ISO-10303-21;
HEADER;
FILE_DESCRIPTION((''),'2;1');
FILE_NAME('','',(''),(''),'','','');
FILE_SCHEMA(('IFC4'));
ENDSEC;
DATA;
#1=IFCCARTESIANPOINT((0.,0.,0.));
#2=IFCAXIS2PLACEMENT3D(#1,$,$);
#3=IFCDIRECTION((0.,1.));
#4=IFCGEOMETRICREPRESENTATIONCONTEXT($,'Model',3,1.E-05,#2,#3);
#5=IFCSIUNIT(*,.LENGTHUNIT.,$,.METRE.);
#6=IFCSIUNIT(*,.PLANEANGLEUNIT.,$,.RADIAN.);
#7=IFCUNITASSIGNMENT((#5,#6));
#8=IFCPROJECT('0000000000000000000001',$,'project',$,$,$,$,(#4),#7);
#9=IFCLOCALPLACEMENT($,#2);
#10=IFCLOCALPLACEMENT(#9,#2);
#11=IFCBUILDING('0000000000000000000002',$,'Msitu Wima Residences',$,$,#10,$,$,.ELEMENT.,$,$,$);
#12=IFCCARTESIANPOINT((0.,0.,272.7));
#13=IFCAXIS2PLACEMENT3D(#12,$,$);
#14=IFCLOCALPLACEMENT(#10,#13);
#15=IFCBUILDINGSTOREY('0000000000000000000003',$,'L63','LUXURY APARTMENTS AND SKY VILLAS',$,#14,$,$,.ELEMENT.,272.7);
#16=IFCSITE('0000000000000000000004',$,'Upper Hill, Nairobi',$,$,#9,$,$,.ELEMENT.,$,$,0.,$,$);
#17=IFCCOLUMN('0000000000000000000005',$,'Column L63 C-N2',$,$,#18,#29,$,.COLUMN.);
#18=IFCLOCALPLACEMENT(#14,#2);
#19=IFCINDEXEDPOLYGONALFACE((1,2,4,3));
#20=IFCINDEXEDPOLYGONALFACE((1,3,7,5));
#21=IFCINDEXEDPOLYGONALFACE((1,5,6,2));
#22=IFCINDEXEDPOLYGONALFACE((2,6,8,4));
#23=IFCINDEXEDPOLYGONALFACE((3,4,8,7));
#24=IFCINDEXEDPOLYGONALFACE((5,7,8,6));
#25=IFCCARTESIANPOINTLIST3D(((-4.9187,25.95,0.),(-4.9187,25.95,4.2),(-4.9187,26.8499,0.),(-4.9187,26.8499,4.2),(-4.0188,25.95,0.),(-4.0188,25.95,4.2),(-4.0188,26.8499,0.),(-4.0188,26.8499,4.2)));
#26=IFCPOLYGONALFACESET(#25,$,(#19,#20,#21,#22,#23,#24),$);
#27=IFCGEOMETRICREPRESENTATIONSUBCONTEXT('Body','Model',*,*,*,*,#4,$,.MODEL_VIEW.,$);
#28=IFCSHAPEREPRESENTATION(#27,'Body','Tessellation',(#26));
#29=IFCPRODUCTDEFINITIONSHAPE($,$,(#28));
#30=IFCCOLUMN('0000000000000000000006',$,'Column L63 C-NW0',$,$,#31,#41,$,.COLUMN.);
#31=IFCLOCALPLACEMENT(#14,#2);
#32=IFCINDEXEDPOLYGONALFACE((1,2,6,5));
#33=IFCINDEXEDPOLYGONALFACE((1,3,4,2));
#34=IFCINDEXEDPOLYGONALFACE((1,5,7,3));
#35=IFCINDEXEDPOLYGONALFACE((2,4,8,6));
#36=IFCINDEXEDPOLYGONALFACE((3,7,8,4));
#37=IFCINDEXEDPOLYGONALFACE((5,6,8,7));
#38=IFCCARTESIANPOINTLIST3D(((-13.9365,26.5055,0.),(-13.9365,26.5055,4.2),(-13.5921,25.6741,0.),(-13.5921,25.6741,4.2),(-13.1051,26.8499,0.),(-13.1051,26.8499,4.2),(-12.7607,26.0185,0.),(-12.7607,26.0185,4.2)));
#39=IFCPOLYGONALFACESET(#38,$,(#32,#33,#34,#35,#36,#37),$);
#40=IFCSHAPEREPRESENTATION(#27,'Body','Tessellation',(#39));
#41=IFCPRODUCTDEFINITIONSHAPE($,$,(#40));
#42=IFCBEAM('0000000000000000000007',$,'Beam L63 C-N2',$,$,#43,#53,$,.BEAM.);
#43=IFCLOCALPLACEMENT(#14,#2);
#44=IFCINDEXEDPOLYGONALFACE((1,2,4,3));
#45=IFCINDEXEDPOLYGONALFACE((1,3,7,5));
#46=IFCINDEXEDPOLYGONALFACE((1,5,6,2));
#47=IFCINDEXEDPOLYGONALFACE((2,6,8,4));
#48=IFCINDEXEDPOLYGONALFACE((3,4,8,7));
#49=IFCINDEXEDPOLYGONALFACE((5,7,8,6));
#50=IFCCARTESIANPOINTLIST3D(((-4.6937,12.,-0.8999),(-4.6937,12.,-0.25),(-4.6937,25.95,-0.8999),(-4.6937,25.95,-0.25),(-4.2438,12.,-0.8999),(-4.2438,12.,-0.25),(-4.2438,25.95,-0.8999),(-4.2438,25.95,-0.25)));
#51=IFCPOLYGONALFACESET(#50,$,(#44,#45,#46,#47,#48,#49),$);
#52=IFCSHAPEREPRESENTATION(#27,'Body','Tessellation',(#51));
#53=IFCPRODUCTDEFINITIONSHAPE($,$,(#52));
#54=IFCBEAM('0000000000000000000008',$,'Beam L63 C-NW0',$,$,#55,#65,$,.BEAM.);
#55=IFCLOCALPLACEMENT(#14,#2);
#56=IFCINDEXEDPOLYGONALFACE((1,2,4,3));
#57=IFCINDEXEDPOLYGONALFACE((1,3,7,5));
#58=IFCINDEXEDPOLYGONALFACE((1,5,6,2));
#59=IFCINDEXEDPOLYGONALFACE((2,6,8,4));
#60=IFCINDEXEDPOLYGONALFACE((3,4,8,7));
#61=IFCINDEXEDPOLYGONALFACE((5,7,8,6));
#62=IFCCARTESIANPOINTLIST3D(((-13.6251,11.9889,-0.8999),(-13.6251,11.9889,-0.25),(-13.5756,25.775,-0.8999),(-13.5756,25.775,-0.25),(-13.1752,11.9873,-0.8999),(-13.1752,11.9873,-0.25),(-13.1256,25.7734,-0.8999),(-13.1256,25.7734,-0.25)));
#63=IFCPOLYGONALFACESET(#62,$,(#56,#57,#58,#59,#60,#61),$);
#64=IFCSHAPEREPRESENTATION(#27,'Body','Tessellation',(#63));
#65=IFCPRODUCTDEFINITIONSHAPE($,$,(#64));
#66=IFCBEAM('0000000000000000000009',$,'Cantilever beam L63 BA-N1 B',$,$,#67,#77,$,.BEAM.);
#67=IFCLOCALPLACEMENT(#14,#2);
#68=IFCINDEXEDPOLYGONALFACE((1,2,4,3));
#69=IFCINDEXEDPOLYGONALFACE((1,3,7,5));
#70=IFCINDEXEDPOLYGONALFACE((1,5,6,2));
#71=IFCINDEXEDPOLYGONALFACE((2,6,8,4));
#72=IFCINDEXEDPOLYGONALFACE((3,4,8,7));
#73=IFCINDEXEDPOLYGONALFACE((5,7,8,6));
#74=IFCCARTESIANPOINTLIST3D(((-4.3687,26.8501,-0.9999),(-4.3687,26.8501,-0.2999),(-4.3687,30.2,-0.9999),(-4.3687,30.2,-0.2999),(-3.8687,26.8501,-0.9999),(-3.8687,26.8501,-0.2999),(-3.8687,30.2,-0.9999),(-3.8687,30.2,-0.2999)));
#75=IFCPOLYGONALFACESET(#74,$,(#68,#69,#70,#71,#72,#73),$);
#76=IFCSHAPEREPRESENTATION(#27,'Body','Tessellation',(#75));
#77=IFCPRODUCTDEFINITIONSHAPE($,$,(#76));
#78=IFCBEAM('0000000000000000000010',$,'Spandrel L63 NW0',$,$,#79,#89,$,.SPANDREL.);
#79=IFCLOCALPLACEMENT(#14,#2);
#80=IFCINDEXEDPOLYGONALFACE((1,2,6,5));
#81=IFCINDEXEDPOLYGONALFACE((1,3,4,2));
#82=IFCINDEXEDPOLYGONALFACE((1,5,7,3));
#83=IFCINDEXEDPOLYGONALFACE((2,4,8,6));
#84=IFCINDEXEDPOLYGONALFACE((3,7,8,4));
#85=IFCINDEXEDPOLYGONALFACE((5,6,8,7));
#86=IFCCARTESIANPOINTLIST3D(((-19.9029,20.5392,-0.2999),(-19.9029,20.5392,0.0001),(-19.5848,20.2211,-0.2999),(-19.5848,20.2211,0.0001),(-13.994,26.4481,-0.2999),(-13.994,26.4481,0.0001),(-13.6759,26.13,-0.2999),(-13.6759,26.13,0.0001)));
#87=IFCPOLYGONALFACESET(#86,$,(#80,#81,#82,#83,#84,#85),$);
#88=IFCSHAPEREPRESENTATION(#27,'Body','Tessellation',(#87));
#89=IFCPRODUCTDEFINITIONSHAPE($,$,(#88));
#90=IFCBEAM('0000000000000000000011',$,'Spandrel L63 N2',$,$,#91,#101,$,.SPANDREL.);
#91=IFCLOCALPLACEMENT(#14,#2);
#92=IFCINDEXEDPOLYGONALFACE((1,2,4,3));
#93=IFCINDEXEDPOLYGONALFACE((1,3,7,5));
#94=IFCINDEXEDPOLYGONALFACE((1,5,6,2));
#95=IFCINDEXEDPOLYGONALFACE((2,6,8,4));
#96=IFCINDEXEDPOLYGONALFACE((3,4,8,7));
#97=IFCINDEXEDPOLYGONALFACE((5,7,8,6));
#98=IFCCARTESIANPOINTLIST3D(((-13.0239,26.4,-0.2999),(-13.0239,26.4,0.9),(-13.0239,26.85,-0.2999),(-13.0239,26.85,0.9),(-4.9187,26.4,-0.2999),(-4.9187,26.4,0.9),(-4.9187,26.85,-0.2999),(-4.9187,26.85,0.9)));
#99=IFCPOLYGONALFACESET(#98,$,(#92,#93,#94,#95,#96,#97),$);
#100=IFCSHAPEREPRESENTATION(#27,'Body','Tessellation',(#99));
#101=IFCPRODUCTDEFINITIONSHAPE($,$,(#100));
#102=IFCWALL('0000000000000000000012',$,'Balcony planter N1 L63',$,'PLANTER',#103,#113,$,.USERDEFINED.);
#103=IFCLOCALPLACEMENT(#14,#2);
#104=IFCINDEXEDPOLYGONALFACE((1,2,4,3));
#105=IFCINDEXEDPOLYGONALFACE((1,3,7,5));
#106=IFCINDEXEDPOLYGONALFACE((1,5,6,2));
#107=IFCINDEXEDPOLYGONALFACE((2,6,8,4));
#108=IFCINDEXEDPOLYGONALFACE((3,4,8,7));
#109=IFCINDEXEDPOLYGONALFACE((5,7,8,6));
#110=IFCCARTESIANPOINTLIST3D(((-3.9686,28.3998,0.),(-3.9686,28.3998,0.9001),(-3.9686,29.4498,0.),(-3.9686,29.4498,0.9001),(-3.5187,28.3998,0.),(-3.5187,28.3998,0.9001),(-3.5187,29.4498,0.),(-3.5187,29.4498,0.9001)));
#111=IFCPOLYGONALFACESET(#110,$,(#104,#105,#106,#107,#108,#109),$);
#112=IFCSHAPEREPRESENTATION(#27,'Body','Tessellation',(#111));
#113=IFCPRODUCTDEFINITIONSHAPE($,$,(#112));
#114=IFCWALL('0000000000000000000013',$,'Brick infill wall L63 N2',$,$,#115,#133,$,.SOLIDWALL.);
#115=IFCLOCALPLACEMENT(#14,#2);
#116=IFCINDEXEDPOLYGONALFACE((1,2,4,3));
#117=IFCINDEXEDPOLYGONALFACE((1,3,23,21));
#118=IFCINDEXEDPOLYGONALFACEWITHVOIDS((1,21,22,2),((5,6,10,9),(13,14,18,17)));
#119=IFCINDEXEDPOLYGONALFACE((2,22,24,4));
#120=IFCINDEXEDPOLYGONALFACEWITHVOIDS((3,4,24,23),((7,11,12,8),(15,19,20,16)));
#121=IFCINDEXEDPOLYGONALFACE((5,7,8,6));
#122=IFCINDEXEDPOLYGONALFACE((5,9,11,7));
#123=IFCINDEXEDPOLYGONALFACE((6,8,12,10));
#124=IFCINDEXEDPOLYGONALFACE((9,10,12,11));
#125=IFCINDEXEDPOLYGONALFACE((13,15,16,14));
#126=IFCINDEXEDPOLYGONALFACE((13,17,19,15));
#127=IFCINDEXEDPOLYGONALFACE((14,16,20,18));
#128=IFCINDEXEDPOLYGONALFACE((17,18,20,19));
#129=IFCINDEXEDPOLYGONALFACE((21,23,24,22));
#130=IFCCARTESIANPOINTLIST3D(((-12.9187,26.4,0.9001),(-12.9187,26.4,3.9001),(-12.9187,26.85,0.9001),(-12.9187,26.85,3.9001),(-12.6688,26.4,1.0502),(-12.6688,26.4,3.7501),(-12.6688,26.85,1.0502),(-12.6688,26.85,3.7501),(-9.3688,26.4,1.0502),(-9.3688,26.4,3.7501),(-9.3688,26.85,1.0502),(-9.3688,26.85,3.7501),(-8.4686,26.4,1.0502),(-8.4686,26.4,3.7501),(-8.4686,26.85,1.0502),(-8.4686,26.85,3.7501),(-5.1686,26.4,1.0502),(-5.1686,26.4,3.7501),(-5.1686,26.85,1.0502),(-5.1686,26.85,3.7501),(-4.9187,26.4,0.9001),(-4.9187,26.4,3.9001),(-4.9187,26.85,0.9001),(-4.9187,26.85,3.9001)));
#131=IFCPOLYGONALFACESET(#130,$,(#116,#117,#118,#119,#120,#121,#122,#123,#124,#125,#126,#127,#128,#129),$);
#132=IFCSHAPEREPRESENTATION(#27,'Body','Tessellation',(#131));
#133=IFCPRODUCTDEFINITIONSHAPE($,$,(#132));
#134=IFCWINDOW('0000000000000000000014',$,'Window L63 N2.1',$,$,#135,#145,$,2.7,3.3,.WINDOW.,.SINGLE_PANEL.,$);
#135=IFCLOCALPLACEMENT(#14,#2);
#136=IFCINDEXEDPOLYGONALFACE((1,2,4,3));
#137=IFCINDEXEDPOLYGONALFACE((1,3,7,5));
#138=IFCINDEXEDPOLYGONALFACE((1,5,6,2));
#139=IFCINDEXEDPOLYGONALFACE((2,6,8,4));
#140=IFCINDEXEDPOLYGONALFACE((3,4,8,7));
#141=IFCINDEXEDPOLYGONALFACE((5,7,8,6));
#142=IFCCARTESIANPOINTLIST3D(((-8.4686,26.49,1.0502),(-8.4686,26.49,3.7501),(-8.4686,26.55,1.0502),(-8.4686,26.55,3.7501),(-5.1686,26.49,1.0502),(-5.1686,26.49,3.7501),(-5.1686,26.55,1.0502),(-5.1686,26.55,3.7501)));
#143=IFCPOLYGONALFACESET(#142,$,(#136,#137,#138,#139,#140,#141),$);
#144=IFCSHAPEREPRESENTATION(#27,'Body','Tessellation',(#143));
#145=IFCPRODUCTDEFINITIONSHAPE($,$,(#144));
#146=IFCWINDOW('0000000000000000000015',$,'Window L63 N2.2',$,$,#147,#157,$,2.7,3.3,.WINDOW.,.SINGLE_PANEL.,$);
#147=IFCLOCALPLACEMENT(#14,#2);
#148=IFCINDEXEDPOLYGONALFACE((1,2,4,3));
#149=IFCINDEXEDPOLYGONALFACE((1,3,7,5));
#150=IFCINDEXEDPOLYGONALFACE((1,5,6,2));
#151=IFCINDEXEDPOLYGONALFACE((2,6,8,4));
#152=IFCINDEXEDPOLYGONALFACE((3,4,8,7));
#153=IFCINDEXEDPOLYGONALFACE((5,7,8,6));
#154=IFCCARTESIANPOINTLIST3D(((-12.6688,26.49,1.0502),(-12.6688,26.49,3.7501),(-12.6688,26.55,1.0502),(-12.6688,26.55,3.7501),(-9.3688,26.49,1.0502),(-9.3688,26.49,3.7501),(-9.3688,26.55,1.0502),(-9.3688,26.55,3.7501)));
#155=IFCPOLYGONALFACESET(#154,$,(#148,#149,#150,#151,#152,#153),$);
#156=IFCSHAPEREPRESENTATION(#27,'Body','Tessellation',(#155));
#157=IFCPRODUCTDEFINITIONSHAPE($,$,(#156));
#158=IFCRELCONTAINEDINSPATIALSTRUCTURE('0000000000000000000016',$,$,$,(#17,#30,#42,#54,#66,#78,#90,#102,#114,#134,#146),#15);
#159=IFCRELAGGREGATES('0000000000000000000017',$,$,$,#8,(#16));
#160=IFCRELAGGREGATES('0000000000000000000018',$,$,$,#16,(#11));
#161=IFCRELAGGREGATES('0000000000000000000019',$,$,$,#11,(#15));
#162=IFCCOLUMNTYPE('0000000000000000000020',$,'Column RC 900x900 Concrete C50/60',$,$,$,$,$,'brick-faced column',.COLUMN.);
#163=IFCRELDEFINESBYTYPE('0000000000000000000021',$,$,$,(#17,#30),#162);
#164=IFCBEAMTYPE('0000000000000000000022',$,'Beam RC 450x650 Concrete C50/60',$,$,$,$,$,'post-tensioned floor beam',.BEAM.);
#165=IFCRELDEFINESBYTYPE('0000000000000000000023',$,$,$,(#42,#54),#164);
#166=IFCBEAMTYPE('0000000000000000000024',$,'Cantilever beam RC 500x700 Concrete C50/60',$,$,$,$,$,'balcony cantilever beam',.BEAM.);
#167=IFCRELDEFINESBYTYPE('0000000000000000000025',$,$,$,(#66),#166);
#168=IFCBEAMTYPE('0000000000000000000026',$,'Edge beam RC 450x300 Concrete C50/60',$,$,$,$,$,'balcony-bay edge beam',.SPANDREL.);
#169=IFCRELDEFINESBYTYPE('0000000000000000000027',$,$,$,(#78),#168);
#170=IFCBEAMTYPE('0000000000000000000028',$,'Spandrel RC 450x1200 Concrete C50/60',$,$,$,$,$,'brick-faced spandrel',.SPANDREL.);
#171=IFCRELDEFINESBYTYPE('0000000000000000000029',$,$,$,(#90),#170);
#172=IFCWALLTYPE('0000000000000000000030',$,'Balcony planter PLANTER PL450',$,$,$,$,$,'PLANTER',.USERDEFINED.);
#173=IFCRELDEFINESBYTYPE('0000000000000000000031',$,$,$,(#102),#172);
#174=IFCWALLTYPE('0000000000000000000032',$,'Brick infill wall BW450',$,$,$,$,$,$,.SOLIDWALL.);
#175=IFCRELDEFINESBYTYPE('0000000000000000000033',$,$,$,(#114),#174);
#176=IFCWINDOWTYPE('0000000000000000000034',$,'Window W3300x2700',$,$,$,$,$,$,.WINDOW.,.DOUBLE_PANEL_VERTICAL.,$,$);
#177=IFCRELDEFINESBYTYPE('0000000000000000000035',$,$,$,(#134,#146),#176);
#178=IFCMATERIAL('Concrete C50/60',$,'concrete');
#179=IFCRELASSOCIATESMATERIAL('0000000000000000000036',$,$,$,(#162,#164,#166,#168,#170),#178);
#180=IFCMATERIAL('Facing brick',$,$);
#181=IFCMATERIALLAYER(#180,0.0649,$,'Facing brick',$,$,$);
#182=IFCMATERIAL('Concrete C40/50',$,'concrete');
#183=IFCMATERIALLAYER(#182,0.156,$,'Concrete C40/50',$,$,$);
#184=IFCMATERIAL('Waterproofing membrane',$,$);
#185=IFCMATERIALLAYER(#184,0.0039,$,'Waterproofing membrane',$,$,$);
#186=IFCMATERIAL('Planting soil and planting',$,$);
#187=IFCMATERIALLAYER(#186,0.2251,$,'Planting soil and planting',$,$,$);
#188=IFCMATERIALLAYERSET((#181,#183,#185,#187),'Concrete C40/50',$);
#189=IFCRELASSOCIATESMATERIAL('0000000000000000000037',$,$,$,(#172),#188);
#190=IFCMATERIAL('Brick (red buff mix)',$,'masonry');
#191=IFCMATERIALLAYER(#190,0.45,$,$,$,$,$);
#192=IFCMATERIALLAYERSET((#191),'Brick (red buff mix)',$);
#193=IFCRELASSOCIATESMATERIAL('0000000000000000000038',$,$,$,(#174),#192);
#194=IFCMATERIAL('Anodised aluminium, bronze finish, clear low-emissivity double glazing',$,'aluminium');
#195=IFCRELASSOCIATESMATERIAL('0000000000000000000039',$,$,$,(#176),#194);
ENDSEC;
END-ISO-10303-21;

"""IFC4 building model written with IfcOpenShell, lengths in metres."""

from ifc_helpers import new_model, si_unit, direction, frame, frame_2d, origin, origin_2d, place, context, subcontext, project, spatial, rectangle, extrude, material, layer, layer_set, material_profile, profile_set, type_object, element, fill, save


model = new_model("IFC4")

# Units and contexts
model_context = context("Model", 3, precision=1e-05, world=origin(), true_north=direction((0.0, 1.0)))
body_context = subcontext(model_context, "Body", "Model", "MODEL_VIEW")
ifc_project = project(units=[si_unit("LENGTHUNIT", "METRE"), si_unit("PLANEANGLEUNIT", "RADIAN")], contexts=[model_context])

# Site, building, storey
site_placement = place(None, origin())
site = spatial("IfcSite", under=ifc_project, at=site_placement, Name="Upper Hill, Nairobi", CompositionType="ELEMENT", RefElevation=0.0)
building_placement = place(site_placement, origin())
building = spatial("IfcBuilding", under=site, at=building_placement, Name="Msitu Wima Residences", CompositionType="ELEMENT")
storey_placement = place(building_placement, frame((0.0, 0.0, 272.7)))
storey = spatial("IfcBuildingStorey", under=building, at=storey_placement, Name="L63", Description="LUXURY APARTMENTS AND SKY VILLAS", CompositionType="ELEMENT", Elevation=272.7)

# Columns
ifc_material_1 = material(Name="Concrete C50/60", Category="concrete")
ifc_material_profile_1 = material_profile(ifc_material_1, rectangle(XDim=0.8999, YDim=0.8999, at=origin_2d()), Name="RC 900x900")
ifc_profile_set_1 = profile_set([ifc_material_profile_1], Name="Concrete C50/60")
column_type = type_object("IfcColumnType", Name="Column RC 900x900 Concrete C50/60", ElementType="brick-faced column", PredefinedType="COLUMN", material=ifc_profile_set_1)
for number, where, z_axis, x_axis, name in (
    (1, (-4.4688, 26.3999, 0.0), (0.0, 0.0, 1.0), (-1.0, 0.0, 0.0), "Column L63 C-N2"),
    (2, (-13.3486, 26.262, 0.0), (0.0, 0.0, 1.0), (-0.92388, -0.382683, 0.0), "Column L63 C-NW0"),
):
    element("IfcColumn", number, at=place(storey_placement, frame(where, z_axis=z_axis, x_axis=x_axis)), inside=storey, type_object=column_type, Name=name, PredefinedType="COLUMN", context=body_context, shape_type="SweptSolid", body=[
        extrude(rectangle(XDim=0.8999, YDim=0.8999, at=origin_2d()), origin(), (0.0, 0.0, 1.0), 4.2),
    ])

# Beams
ifc_material_profile_2 = material_profile(ifc_material_1, rectangle(XDim=0.45, YDim=0.6499, at=origin_2d()), Name="RC 450x650")
ifc_profile_set_2 = profile_set([ifc_material_profile_2], Name="Concrete C50/60")
beam_type_1 = type_object("IfcBeamType", Name="Beam RC 450x650 Concrete C50/60", ElementType="post-tensioned floor beam", PredefinedType="BEAM", material=ifc_profile_set_2)
beam_1_placement = place(storey_placement, frame((-4.4688, 25.95, -0.575), z_axis=(0.0, -1.0, 0.0), x_axis=(1.0, 0.0, 0.0)))
element("IfcBeam", 3, at=beam_1_placement, inside=storey, type_object=beam_type_1, Name="Beam L63 C-N2", PredefinedType="BEAM", context=body_context, shape_type="SweptSolid", body=[
    extrude(rectangle(XDim=0.45, YDim=0.6499, at=origin_2d()), origin(), (0.0, 0.0, 1.0), 13.95),
])
beam_2_placement = place(storey_placement, frame((-13.3506, 25.7742, -0.575), z_axis=(-0.003595, -0.999994, 0.0), x_axis=(0.999994, -0.003595, 0.0)))
element("IfcBeam", 4, at=beam_2_placement, inside=storey, type_object=beam_type_1, Name="Beam L63 C-NW0", PredefinedType="BEAM", context=body_context, shape_type="SweptSolid", body=[
    extrude(rectangle(XDim=0.45, YDim=0.6499, at=origin_2d()), origin(), (0.0, 0.0, 1.0), 13.7861),
])
ifc_material_profile_3 = material_profile(ifc_material_1, rectangle(XDim=0.5, YDim=0.7, at=origin_2d()), Name="RC 500x700")
ifc_profile_set_3 = profile_set([ifc_material_profile_3], Name="Concrete C50/60")
beam_type_2 = type_object("IfcBeamType", Name="Cantilever beam RC 500x700 Concrete C50/60", ElementType="balcony cantilever beam", PredefinedType="BEAM", material=ifc_profile_set_3)
beam_3_placement = place(storey_placement, frame((-4.1187, 26.8501, -0.6499), z_axis=(0.0, 1.0, 0.0), x_axis=(-1.0, 0.0, 0.0)))
element("IfcBeam", 5, at=beam_3_placement, inside=storey, type_object=beam_type_2, Name="Cantilever beam L63 BA-N1 B", PredefinedType="BEAM", context=body_context, shape_type="SweptSolid", body=[
    extrude(rectangle(XDim=0.5, YDim=0.7, at=origin_2d()), origin(), (0.0, 0.0, 1.0), 3.3499),
])
ifc_material_profile_4 = material_profile(ifc_material_1, rectangle(XDim=0.45, YDim=0.3, at=origin_2d()), Name="RC 450x300")
ifc_profile_set_4 = profile_set([ifc_material_profile_4], Name="Concrete C50/60")
beam_type_3 = type_object("IfcBeamType", Name="Edge beam RC 450x300 Concrete C50/60", ElementType="balcony-bay edge beam", PredefinedType="SPANDREL", material=ifc_profile_set_4)
beam_4_placement = place(storey_placement, frame((-13.835, 26.2891, -0.1499), z_axis=(-0.707107, -0.707107, 0.0), x_axis=(0.707107, -0.707107, 0.0)))
element("IfcBeam", 6, at=beam_4_placement, inside=storey, type_object=beam_type_3, Name="Spandrel L63 NW0", PredefinedType="SPANDREL", context=body_context, shape_type="SweptSolid", body=[
    extrude(rectangle(XDim=0.45, YDim=0.3, at=origin_2d()), origin(), (0.0, 0.0, 1.0), 8.3564),
])
ifc_material_profile_5 = material_profile(ifc_material_1, rectangle(XDim=0.45, YDim=1.2, at=origin_2d()), Name="RC 450x1200")
ifc_profile_set_5 = profile_set([ifc_material_profile_5], Name="Concrete C50/60")
beam_type_4 = type_object("IfcBeamType", Name="Spandrel RC 450x1200 Concrete C50/60", ElementType="brick-faced spandrel", PredefinedType="SPANDREL", material=ifc_profile_set_5)
beam_5_placement = place(storey_placement, frame((-4.9187, 26.625, 0.3), z_axis=(-1.0, 0.0, 0.0), x_axis=(0.0, -1.0, 0.0)))
element("IfcBeam", 7, at=beam_5_placement, inside=storey, type_object=beam_type_4, Name="Spandrel L63 N2", PredefinedType="SPANDREL", context=body_context, shape_type="SweptSolid", body=[
    extrude(rectangle(XDim=0.45, YDim=1.2, at=origin_2d()), origin(), (0.0, 0.0, 1.0), 8.1052),
])

# Wall
ifc_material_2 = material(Name="Facing brick")
ifc_layer_1 = layer(ifc_material_2, 0.0649, Name="Facing brick")
ifc_material_3 = material(Name="Concrete C40/50", Category="concrete")
ifc_layer_2 = layer(ifc_material_3, 0.156, Name="Concrete C40/50")
ifc_material_4 = material(Name="Waterproofing membrane")
ifc_layer_3 = layer(ifc_material_4, 0.0039, Name="Waterproofing membrane")
ifc_material_5 = material(Name="Planting soil and planting")
ifc_layer_4 = layer(ifc_material_5, 0.2251, Name="Planting soil and planting")
ifc_layer_set_1 = layer_set([ifc_layer_1, ifc_layer_2, ifc_layer_3, ifc_layer_4], Name="Concrete C40/50")
wall_type_1 = type_object("IfcWallType", Name="Balcony planter PLANTER PL450", ElementType="PLANTER", PredefinedType="USERDEFINED", material=ifc_layer_set_1)
wall_1_placement = place(storey_placement, frame((-3.7437, 28.3999, 0.0), z_axis=(0.0, 0.0, 1.0), x_axis=(0.0, 1.0, 0.0)))
element("IfcWall", 8, at=wall_1_placement, inside=storey, type_object=wall_type_1, Name="Balcony planter N1 L63", ObjectType="PLANTER", PredefinedType="USERDEFINED", context=body_context, shape_type="SweptSolid", body=[
    extrude(rectangle(XDim=1.05, YDim=0.45, at=frame_2d((0.5249, 0.0))), origin(), (0.0, 0.0, 1.0), 0.9001),
])

# Wall, openings, windows
ifc_material_6 = material(Name="Brick (red buff mix)", Category="masonry")
ifc_layer_5 = layer(ifc_material_6, 0.45)
ifc_layer_set_2 = layer_set([ifc_layer_5], Name="Brick (red buff mix)")
wall_type_2 = type_object("IfcWallType", Name="Brick infill wall BW450", PredefinedType="SOLIDWALL", material=ifc_layer_set_2)
wall_2_placement = place(storey_placement, frame((-4.9187, 26.625, 0.9001), z_axis=(0.0, 0.0, 1.0), x_axis=(-1.0, 0.0, 0.0)))
wall_2 = element("IfcWall", 9, at=wall_2_placement, inside=storey, type_object=wall_type_2, Name="Brick infill wall L63 N2", PredefinedType="SOLIDWALL", context=body_context, shape_type="SweptSolid", body=[
    extrude(rectangle(XDim=8.0, YDim=0.45, at=frame_2d((4.0, 0.0))), origin(), (0.0, 0.0, 1.0), 3.0),
])
opening_1_placement = place(wall_2_placement, frame((0.25, 0.0, 0.1499)))
opening_1 = element("IfcOpeningElement", 10, at=opening_1_placement, cuts=wall_2, PredefinedType="OPENING", context=body_context, shape_type="SweptSolid", body=[
    extrude(rectangle(XDim=3.3, YDim=2.7, at=frame_2d((1.6499, 1.3501))), frame((0.0, 0.2349, 0.0), z_axis=(0.0, -1.0, 0.0), x_axis=(1.0, 0.0, 0.0)), (0.0, 0.0, 1.0), 0.47),
])
opening_2_placement = place(wall_2_placement, frame((4.4502, 0.0, 0.1499)))
opening_2 = element("IfcOpeningElement", 11, at=opening_2_placement, cuts=wall_2, PredefinedType="OPENING", context=body_context, shape_type="SweptSolid", body=[
    extrude(rectangle(XDim=3.3, YDim=2.7, at=frame_2d((1.6499, 1.3501))), frame((0.0, 0.2349, 0.0), z_axis=(0.0, -1.0, 0.0), x_axis=(1.0, 0.0, 0.0)), (0.0, 0.0, 1.0), 0.47),
])
ifc_material_7 = material(Name="Anodised aluminium, bronze finish, clear low-emissivity double glazing", Category="aluminium")
window_type = type_object("IfcWindowType", Name="Window W3300x2700", PartitioningType="DOUBLE_PANEL_VERTICAL", PredefinedType="WINDOW", material=ifc_material_7)
window_1_placement = place(opening_1_placement, origin())
window_1 = element("IfcWindow", 12, at=window_1_placement, inside=storey, type_object=window_type, Name="Window L63 N2.1", OverallHeight=2.7, OverallWidth=3.3, PartitioningType="SINGLE_PANEL", PredefinedType="WINDOW", context=body_context, shape_type="SweptSolid", body=[
    extrude(rectangle(XDim=3.3, YDim=2.7, at=frame_2d((1.6499, 1.3501))), frame((0.0, 0.135, 0.0), z_axis=(0.0, -1.0, 0.0), x_axis=(1.0, 0.0, 0.0)), (0.0, 0.0, 1.0), 0.0601),
])
fill(opening_1, window_1)
window_2_placement = place(opening_2_placement, origin())
window_2 = element("IfcWindow", 13, at=window_2_placement, inside=storey, type_object=window_type, Name="Window L63 N2.2", OverallHeight=2.7, OverallWidth=3.3, PartitioningType="SINGLE_PANEL", PredefinedType="WINDOW", context=body_context, shape_type="SweptSolid", body=[
    extrude(rectangle(XDim=3.3, YDim=2.7, at=frame_2d((1.6499, 1.3501))), frame((0.0, 0.135, 0.0), z_axis=(0.0, -1.0, 0.0), x_axis=(1.0, 0.0, 0.0)), (0.0, 0.0, 1.0), 0.0601),
])
fill(opening_2, window_2)

save(model, "model.ifc")
